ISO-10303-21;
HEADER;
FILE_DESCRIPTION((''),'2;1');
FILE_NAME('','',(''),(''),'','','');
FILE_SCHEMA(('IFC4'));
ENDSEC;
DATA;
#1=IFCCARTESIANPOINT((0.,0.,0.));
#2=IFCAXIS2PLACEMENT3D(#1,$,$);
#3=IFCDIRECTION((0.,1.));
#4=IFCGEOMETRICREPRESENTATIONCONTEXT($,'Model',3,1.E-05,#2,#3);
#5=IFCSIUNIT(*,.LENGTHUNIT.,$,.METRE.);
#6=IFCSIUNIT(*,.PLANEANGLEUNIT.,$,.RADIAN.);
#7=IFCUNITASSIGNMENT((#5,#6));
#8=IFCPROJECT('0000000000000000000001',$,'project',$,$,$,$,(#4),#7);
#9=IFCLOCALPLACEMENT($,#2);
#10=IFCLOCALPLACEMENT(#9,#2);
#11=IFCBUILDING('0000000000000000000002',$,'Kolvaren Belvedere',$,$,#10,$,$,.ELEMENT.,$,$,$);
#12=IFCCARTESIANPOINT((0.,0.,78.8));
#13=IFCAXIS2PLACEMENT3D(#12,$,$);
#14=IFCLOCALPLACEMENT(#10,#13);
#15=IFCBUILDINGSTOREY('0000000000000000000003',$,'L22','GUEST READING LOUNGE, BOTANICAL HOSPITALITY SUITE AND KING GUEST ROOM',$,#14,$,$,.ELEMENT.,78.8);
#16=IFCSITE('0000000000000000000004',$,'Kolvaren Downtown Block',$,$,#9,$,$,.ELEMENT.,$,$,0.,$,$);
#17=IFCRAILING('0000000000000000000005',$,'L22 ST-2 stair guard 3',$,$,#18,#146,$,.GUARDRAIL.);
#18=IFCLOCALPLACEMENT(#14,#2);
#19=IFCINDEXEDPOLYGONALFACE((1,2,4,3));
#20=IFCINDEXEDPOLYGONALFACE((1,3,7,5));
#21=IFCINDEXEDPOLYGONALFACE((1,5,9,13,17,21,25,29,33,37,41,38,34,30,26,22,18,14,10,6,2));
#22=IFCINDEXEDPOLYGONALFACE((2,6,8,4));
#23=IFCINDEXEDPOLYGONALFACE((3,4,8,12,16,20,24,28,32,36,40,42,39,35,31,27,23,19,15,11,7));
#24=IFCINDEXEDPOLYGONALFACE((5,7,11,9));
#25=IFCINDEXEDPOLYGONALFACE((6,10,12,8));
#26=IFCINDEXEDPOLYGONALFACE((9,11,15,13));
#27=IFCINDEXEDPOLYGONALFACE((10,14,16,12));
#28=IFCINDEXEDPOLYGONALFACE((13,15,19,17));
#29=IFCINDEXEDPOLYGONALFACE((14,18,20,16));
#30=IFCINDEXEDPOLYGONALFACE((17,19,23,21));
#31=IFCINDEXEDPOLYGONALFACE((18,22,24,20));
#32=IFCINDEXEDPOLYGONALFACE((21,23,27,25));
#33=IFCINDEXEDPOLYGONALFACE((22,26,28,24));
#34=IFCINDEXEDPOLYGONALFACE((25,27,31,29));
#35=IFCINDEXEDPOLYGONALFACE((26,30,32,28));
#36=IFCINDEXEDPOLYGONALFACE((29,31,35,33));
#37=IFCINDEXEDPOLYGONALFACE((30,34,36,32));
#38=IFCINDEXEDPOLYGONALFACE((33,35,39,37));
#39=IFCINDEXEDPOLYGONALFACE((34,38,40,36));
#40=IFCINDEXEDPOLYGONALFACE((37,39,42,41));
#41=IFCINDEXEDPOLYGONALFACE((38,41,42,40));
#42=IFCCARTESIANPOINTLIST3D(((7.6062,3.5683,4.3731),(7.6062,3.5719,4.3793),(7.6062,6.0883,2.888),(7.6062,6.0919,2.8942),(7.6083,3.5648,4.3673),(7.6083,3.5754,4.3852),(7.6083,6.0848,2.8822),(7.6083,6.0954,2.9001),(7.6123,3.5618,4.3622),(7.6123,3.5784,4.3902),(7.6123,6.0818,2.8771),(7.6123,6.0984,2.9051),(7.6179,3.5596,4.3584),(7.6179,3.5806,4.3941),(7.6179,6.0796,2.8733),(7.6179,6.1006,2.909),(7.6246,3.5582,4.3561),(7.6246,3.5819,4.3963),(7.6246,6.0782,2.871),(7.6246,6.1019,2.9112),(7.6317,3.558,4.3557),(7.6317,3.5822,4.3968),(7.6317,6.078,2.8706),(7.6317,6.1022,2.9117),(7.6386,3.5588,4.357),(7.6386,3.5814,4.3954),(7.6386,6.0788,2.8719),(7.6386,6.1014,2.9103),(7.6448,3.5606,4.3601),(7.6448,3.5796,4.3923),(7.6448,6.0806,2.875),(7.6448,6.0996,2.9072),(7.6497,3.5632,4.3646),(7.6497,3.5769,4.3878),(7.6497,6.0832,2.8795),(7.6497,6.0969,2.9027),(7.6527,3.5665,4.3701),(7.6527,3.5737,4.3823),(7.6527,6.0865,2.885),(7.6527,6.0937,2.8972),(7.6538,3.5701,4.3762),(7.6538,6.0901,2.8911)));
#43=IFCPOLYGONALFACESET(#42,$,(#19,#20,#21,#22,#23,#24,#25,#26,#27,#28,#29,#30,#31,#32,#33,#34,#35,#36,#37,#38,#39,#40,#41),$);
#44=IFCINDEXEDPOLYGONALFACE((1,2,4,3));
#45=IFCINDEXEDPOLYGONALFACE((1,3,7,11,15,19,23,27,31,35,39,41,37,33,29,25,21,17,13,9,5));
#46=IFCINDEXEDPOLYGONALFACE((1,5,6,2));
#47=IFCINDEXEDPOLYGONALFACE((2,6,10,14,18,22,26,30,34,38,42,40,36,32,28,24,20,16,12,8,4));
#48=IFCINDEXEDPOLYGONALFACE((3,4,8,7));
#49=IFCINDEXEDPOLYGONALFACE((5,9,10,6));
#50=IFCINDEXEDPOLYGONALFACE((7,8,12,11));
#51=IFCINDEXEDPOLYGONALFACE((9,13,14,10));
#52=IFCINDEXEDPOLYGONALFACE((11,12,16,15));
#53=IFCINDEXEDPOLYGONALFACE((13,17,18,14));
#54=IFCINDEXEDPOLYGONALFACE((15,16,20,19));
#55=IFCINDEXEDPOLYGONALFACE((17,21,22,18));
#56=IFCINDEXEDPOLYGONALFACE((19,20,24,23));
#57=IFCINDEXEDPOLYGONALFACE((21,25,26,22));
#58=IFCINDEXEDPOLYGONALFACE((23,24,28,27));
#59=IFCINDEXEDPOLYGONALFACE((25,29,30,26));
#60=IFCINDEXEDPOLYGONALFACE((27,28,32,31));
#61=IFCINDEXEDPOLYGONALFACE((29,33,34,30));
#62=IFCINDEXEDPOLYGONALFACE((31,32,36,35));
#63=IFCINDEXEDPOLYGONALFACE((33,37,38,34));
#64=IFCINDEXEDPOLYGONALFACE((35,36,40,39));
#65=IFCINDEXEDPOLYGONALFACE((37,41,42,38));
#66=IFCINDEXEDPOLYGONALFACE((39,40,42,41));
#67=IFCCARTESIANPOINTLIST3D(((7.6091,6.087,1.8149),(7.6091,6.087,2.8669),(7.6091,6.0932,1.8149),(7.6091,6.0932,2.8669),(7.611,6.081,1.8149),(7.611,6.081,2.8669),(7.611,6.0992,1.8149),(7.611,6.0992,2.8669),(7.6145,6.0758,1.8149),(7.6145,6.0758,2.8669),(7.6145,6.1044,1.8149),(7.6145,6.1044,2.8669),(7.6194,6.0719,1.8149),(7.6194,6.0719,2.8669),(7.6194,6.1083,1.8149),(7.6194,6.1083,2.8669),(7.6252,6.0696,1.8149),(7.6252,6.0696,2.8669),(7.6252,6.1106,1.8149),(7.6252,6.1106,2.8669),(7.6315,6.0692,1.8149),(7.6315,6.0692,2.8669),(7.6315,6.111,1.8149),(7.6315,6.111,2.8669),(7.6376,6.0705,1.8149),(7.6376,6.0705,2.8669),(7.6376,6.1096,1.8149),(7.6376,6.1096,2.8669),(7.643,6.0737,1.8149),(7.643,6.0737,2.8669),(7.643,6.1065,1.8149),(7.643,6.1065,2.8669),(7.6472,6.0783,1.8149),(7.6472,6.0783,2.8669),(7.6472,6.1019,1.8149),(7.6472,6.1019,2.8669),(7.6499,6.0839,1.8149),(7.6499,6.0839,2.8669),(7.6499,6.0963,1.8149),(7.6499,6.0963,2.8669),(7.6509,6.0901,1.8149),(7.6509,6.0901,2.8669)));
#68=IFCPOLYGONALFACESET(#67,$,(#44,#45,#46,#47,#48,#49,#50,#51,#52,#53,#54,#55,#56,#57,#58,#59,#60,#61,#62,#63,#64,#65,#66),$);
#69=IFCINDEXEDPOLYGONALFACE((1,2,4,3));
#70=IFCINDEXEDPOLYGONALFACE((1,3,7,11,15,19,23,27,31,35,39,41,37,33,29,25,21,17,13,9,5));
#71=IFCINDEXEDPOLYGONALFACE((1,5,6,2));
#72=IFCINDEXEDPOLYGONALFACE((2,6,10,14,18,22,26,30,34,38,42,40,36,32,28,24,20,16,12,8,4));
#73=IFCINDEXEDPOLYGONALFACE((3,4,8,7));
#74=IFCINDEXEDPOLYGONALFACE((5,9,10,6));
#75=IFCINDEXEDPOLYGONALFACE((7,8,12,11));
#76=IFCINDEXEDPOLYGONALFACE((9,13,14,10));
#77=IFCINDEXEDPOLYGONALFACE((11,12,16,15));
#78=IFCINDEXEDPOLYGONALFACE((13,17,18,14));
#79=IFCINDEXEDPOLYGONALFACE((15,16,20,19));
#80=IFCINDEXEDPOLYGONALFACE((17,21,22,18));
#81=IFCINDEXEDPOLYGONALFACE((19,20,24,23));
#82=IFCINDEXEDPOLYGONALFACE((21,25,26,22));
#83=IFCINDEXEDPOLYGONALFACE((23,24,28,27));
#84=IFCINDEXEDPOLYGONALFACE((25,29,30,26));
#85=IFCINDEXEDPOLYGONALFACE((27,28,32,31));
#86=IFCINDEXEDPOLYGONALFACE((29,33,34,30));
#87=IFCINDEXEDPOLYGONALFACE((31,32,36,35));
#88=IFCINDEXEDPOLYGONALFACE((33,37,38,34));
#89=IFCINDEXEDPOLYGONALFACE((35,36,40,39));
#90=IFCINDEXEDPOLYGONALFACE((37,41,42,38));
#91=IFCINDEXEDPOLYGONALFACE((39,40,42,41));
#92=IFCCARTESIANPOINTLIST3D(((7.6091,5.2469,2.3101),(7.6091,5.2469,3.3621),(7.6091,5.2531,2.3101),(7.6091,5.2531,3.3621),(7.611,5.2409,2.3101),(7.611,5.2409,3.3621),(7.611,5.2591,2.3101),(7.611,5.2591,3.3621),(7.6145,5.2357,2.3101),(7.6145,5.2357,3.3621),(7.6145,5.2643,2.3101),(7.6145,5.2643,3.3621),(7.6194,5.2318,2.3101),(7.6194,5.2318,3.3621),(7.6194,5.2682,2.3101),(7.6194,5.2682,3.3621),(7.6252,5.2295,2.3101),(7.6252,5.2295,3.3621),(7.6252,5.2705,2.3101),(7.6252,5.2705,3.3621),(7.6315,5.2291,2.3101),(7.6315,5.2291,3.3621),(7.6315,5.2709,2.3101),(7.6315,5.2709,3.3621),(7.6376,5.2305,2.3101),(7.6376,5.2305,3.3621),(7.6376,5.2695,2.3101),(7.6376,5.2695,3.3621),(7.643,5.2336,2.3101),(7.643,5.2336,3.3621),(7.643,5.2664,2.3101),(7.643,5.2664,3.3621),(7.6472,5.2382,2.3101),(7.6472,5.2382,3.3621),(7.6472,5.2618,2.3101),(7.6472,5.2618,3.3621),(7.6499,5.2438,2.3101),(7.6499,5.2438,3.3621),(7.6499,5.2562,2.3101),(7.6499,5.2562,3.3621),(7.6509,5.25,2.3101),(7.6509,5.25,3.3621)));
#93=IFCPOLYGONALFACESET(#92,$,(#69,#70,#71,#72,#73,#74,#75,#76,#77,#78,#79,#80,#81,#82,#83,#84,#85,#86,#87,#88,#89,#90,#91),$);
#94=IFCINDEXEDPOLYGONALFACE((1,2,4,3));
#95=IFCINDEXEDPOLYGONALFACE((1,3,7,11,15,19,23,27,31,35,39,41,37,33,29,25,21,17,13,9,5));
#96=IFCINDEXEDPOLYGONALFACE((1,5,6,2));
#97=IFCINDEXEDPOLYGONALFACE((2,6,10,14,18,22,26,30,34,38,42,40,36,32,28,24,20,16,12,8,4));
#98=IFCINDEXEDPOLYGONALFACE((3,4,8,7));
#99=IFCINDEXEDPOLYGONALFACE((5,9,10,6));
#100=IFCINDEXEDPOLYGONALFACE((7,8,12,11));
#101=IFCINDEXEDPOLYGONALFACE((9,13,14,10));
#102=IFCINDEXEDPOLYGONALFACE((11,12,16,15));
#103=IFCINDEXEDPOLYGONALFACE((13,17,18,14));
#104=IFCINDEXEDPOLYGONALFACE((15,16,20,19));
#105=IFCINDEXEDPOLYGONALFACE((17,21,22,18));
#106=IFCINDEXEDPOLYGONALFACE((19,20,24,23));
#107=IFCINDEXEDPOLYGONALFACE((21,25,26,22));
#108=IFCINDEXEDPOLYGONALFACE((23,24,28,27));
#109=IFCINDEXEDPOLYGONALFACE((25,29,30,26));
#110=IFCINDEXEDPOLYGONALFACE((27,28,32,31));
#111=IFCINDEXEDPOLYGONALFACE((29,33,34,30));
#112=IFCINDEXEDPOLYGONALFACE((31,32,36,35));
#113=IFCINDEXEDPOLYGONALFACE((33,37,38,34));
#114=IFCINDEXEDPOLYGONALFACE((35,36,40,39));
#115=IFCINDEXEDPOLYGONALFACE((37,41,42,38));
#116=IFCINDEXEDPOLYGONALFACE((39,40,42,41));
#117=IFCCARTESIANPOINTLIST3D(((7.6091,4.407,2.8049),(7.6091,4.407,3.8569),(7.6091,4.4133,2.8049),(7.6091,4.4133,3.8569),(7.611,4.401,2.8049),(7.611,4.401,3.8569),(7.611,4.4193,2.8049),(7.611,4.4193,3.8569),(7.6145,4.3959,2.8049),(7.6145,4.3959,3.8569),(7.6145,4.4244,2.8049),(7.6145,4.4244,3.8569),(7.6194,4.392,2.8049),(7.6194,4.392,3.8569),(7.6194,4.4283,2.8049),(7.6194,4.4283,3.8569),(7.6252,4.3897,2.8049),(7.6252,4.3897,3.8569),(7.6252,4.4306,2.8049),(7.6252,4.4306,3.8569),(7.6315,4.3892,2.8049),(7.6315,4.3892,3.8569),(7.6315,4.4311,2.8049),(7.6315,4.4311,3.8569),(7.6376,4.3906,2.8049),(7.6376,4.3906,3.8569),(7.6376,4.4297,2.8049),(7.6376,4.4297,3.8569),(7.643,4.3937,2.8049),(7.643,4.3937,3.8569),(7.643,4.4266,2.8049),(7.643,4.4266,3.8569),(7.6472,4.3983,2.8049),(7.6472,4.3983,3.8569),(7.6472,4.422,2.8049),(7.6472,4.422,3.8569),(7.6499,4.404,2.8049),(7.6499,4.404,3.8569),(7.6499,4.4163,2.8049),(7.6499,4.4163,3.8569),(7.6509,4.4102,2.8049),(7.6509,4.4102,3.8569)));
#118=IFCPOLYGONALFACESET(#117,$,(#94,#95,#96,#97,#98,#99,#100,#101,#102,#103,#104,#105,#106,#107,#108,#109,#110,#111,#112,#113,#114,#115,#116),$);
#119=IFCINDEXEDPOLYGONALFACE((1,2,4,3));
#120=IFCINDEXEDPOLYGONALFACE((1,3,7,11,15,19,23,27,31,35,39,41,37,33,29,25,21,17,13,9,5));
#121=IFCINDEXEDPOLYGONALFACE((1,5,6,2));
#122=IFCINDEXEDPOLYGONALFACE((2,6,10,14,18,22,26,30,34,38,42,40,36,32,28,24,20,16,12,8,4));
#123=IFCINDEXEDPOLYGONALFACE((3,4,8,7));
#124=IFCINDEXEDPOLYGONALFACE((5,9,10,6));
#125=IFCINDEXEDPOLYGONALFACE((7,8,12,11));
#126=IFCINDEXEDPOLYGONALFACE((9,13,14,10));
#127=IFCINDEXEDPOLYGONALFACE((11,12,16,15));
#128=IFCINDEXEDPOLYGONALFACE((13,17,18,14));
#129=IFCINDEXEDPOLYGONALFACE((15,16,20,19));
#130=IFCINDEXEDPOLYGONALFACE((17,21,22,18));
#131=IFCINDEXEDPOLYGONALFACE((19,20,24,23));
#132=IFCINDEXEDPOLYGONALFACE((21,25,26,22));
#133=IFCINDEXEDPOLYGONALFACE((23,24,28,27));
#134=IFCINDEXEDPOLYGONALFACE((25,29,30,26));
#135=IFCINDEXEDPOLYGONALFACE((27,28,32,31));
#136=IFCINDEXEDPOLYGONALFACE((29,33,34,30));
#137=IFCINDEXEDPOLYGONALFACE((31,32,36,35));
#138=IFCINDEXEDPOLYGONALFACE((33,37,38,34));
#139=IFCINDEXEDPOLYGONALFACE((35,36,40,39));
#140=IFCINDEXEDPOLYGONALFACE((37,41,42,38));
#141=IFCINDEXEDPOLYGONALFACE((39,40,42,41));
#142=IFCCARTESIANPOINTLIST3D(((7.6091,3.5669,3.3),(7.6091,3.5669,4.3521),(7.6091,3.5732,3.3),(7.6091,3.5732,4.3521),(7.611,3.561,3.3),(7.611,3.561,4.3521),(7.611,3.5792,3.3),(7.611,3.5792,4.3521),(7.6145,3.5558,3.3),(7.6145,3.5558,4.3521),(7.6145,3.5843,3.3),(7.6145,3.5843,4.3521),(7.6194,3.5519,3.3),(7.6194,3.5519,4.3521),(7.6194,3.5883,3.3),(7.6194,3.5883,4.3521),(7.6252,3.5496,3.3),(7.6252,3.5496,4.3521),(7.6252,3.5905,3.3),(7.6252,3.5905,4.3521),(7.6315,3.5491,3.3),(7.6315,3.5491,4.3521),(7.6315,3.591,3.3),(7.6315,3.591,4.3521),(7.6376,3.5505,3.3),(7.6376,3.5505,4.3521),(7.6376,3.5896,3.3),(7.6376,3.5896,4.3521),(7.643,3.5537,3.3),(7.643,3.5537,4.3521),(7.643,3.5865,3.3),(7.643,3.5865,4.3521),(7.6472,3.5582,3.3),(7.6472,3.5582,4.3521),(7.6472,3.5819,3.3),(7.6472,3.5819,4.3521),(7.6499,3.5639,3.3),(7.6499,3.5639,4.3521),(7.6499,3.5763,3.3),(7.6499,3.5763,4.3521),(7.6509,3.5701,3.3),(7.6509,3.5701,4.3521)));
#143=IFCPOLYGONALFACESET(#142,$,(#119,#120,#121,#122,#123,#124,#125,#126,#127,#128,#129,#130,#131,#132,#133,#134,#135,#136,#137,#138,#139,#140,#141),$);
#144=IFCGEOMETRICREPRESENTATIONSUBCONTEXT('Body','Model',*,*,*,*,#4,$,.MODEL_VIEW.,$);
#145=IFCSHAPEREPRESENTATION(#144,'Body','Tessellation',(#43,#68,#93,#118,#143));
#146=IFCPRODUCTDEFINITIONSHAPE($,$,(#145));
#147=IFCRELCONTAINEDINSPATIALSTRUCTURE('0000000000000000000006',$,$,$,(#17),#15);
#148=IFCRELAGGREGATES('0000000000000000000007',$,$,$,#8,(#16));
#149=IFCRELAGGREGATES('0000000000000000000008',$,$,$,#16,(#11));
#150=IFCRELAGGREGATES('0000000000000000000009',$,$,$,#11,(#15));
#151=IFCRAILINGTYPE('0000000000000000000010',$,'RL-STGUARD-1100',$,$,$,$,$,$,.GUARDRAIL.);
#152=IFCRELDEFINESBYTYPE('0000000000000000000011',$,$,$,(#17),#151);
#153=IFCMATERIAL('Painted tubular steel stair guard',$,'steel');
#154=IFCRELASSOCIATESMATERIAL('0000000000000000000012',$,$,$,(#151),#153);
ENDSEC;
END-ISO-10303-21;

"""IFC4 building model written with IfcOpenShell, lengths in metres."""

from ifc_helpers import new_model, si_unit, direction, frame, origin, origin_2d, place, context, subcontext, project, spatial, circle, extrude, material, type_object, element, save


model = new_model("IFC4")

# Units and contexts
model_context = context("Model", 3, precision=1e-05, world=origin(), true_north=direction((0.0, 1.0)))
body_context = subcontext(model_context, "Body", "Model", "MODEL_VIEW")
ifc_project = project(units=[si_unit("LENGTHUNIT", "METRE"), si_unit("PLANEANGLEUNIT", "RADIAN")], contexts=[model_context])

# Site, building, storey
site_placement = place(None, origin())
site = spatial("IfcSite", under=ifc_project, at=site_placement, Name="Kolvaren Downtown Block", CompositionType="ELEMENT", RefElevation=0.0)
building_placement = place(site_placement, origin())
building = spatial("IfcBuilding", under=site, at=building_placement, Name="Kolvaren Belvedere", CompositionType="ELEMENT")
storey_placement = place(building_placement, frame((0.0, 0.0, 78.8)))
storey = spatial("IfcBuildingStorey", under=building, at=storey_placement, Name="L22", Description="GUEST READING LOUNGE, BOTANICAL HOSPITALITY SUITE AND KING GUEST ROOM", CompositionType="ELEMENT", Elevation=78.8)

# Railing
ifc_material_1 = material(Name="Painted tubular steel stair guard", Category="steel")
railing_type_1 = type_object("IfcRailingType", Name="RL-STGUARD-1100", PredefinedType="GUARDRAIL", material=ifc_material_1)
railing_1_placement = place(storey_placement, frame((7.6299, 6.0901, 1.8149)))
element("IfcRailing", 1, at=railing_1_placement, inside=storey, type_object=railing_type_1, Name="L22 ST-2 stair guard 3", PredefinedType="GUARDRAIL", context=body_context, shape_type="SweptSolid", body=[
    extrude(circle(Radius=0.0239, at=origin_2d()), frame((0.0, 0.0, 1.0762), z_axis=(0.0, -0.861524, 0.507717), x_axis=(1.0, 0.0, 0.0)), (0.0, 0.0, 1.0), 2.925),
    extrude(circle(Radius=0.021, at=origin_2d()), origin(), (0.0, 0.0, 1.0), 1.052),
    extrude(circle(Radius=0.021, at=origin_2d()), frame((0.0, -0.8401, 0.4951)), (0.0, 0.0, 1.0), 1.052),
    extrude(circle(Radius=0.021, at=origin_2d()), frame((0.0, -1.6799, 0.99)), (0.0, 0.0, 1.0), 1.052),
    extrude(circle(Radius=0.021, at=origin_2d()), frame((0.0, -2.52, 1.4851)), (0.0, 0.0, 1.0), 1.052),
])

save(model, "model.ifc")
